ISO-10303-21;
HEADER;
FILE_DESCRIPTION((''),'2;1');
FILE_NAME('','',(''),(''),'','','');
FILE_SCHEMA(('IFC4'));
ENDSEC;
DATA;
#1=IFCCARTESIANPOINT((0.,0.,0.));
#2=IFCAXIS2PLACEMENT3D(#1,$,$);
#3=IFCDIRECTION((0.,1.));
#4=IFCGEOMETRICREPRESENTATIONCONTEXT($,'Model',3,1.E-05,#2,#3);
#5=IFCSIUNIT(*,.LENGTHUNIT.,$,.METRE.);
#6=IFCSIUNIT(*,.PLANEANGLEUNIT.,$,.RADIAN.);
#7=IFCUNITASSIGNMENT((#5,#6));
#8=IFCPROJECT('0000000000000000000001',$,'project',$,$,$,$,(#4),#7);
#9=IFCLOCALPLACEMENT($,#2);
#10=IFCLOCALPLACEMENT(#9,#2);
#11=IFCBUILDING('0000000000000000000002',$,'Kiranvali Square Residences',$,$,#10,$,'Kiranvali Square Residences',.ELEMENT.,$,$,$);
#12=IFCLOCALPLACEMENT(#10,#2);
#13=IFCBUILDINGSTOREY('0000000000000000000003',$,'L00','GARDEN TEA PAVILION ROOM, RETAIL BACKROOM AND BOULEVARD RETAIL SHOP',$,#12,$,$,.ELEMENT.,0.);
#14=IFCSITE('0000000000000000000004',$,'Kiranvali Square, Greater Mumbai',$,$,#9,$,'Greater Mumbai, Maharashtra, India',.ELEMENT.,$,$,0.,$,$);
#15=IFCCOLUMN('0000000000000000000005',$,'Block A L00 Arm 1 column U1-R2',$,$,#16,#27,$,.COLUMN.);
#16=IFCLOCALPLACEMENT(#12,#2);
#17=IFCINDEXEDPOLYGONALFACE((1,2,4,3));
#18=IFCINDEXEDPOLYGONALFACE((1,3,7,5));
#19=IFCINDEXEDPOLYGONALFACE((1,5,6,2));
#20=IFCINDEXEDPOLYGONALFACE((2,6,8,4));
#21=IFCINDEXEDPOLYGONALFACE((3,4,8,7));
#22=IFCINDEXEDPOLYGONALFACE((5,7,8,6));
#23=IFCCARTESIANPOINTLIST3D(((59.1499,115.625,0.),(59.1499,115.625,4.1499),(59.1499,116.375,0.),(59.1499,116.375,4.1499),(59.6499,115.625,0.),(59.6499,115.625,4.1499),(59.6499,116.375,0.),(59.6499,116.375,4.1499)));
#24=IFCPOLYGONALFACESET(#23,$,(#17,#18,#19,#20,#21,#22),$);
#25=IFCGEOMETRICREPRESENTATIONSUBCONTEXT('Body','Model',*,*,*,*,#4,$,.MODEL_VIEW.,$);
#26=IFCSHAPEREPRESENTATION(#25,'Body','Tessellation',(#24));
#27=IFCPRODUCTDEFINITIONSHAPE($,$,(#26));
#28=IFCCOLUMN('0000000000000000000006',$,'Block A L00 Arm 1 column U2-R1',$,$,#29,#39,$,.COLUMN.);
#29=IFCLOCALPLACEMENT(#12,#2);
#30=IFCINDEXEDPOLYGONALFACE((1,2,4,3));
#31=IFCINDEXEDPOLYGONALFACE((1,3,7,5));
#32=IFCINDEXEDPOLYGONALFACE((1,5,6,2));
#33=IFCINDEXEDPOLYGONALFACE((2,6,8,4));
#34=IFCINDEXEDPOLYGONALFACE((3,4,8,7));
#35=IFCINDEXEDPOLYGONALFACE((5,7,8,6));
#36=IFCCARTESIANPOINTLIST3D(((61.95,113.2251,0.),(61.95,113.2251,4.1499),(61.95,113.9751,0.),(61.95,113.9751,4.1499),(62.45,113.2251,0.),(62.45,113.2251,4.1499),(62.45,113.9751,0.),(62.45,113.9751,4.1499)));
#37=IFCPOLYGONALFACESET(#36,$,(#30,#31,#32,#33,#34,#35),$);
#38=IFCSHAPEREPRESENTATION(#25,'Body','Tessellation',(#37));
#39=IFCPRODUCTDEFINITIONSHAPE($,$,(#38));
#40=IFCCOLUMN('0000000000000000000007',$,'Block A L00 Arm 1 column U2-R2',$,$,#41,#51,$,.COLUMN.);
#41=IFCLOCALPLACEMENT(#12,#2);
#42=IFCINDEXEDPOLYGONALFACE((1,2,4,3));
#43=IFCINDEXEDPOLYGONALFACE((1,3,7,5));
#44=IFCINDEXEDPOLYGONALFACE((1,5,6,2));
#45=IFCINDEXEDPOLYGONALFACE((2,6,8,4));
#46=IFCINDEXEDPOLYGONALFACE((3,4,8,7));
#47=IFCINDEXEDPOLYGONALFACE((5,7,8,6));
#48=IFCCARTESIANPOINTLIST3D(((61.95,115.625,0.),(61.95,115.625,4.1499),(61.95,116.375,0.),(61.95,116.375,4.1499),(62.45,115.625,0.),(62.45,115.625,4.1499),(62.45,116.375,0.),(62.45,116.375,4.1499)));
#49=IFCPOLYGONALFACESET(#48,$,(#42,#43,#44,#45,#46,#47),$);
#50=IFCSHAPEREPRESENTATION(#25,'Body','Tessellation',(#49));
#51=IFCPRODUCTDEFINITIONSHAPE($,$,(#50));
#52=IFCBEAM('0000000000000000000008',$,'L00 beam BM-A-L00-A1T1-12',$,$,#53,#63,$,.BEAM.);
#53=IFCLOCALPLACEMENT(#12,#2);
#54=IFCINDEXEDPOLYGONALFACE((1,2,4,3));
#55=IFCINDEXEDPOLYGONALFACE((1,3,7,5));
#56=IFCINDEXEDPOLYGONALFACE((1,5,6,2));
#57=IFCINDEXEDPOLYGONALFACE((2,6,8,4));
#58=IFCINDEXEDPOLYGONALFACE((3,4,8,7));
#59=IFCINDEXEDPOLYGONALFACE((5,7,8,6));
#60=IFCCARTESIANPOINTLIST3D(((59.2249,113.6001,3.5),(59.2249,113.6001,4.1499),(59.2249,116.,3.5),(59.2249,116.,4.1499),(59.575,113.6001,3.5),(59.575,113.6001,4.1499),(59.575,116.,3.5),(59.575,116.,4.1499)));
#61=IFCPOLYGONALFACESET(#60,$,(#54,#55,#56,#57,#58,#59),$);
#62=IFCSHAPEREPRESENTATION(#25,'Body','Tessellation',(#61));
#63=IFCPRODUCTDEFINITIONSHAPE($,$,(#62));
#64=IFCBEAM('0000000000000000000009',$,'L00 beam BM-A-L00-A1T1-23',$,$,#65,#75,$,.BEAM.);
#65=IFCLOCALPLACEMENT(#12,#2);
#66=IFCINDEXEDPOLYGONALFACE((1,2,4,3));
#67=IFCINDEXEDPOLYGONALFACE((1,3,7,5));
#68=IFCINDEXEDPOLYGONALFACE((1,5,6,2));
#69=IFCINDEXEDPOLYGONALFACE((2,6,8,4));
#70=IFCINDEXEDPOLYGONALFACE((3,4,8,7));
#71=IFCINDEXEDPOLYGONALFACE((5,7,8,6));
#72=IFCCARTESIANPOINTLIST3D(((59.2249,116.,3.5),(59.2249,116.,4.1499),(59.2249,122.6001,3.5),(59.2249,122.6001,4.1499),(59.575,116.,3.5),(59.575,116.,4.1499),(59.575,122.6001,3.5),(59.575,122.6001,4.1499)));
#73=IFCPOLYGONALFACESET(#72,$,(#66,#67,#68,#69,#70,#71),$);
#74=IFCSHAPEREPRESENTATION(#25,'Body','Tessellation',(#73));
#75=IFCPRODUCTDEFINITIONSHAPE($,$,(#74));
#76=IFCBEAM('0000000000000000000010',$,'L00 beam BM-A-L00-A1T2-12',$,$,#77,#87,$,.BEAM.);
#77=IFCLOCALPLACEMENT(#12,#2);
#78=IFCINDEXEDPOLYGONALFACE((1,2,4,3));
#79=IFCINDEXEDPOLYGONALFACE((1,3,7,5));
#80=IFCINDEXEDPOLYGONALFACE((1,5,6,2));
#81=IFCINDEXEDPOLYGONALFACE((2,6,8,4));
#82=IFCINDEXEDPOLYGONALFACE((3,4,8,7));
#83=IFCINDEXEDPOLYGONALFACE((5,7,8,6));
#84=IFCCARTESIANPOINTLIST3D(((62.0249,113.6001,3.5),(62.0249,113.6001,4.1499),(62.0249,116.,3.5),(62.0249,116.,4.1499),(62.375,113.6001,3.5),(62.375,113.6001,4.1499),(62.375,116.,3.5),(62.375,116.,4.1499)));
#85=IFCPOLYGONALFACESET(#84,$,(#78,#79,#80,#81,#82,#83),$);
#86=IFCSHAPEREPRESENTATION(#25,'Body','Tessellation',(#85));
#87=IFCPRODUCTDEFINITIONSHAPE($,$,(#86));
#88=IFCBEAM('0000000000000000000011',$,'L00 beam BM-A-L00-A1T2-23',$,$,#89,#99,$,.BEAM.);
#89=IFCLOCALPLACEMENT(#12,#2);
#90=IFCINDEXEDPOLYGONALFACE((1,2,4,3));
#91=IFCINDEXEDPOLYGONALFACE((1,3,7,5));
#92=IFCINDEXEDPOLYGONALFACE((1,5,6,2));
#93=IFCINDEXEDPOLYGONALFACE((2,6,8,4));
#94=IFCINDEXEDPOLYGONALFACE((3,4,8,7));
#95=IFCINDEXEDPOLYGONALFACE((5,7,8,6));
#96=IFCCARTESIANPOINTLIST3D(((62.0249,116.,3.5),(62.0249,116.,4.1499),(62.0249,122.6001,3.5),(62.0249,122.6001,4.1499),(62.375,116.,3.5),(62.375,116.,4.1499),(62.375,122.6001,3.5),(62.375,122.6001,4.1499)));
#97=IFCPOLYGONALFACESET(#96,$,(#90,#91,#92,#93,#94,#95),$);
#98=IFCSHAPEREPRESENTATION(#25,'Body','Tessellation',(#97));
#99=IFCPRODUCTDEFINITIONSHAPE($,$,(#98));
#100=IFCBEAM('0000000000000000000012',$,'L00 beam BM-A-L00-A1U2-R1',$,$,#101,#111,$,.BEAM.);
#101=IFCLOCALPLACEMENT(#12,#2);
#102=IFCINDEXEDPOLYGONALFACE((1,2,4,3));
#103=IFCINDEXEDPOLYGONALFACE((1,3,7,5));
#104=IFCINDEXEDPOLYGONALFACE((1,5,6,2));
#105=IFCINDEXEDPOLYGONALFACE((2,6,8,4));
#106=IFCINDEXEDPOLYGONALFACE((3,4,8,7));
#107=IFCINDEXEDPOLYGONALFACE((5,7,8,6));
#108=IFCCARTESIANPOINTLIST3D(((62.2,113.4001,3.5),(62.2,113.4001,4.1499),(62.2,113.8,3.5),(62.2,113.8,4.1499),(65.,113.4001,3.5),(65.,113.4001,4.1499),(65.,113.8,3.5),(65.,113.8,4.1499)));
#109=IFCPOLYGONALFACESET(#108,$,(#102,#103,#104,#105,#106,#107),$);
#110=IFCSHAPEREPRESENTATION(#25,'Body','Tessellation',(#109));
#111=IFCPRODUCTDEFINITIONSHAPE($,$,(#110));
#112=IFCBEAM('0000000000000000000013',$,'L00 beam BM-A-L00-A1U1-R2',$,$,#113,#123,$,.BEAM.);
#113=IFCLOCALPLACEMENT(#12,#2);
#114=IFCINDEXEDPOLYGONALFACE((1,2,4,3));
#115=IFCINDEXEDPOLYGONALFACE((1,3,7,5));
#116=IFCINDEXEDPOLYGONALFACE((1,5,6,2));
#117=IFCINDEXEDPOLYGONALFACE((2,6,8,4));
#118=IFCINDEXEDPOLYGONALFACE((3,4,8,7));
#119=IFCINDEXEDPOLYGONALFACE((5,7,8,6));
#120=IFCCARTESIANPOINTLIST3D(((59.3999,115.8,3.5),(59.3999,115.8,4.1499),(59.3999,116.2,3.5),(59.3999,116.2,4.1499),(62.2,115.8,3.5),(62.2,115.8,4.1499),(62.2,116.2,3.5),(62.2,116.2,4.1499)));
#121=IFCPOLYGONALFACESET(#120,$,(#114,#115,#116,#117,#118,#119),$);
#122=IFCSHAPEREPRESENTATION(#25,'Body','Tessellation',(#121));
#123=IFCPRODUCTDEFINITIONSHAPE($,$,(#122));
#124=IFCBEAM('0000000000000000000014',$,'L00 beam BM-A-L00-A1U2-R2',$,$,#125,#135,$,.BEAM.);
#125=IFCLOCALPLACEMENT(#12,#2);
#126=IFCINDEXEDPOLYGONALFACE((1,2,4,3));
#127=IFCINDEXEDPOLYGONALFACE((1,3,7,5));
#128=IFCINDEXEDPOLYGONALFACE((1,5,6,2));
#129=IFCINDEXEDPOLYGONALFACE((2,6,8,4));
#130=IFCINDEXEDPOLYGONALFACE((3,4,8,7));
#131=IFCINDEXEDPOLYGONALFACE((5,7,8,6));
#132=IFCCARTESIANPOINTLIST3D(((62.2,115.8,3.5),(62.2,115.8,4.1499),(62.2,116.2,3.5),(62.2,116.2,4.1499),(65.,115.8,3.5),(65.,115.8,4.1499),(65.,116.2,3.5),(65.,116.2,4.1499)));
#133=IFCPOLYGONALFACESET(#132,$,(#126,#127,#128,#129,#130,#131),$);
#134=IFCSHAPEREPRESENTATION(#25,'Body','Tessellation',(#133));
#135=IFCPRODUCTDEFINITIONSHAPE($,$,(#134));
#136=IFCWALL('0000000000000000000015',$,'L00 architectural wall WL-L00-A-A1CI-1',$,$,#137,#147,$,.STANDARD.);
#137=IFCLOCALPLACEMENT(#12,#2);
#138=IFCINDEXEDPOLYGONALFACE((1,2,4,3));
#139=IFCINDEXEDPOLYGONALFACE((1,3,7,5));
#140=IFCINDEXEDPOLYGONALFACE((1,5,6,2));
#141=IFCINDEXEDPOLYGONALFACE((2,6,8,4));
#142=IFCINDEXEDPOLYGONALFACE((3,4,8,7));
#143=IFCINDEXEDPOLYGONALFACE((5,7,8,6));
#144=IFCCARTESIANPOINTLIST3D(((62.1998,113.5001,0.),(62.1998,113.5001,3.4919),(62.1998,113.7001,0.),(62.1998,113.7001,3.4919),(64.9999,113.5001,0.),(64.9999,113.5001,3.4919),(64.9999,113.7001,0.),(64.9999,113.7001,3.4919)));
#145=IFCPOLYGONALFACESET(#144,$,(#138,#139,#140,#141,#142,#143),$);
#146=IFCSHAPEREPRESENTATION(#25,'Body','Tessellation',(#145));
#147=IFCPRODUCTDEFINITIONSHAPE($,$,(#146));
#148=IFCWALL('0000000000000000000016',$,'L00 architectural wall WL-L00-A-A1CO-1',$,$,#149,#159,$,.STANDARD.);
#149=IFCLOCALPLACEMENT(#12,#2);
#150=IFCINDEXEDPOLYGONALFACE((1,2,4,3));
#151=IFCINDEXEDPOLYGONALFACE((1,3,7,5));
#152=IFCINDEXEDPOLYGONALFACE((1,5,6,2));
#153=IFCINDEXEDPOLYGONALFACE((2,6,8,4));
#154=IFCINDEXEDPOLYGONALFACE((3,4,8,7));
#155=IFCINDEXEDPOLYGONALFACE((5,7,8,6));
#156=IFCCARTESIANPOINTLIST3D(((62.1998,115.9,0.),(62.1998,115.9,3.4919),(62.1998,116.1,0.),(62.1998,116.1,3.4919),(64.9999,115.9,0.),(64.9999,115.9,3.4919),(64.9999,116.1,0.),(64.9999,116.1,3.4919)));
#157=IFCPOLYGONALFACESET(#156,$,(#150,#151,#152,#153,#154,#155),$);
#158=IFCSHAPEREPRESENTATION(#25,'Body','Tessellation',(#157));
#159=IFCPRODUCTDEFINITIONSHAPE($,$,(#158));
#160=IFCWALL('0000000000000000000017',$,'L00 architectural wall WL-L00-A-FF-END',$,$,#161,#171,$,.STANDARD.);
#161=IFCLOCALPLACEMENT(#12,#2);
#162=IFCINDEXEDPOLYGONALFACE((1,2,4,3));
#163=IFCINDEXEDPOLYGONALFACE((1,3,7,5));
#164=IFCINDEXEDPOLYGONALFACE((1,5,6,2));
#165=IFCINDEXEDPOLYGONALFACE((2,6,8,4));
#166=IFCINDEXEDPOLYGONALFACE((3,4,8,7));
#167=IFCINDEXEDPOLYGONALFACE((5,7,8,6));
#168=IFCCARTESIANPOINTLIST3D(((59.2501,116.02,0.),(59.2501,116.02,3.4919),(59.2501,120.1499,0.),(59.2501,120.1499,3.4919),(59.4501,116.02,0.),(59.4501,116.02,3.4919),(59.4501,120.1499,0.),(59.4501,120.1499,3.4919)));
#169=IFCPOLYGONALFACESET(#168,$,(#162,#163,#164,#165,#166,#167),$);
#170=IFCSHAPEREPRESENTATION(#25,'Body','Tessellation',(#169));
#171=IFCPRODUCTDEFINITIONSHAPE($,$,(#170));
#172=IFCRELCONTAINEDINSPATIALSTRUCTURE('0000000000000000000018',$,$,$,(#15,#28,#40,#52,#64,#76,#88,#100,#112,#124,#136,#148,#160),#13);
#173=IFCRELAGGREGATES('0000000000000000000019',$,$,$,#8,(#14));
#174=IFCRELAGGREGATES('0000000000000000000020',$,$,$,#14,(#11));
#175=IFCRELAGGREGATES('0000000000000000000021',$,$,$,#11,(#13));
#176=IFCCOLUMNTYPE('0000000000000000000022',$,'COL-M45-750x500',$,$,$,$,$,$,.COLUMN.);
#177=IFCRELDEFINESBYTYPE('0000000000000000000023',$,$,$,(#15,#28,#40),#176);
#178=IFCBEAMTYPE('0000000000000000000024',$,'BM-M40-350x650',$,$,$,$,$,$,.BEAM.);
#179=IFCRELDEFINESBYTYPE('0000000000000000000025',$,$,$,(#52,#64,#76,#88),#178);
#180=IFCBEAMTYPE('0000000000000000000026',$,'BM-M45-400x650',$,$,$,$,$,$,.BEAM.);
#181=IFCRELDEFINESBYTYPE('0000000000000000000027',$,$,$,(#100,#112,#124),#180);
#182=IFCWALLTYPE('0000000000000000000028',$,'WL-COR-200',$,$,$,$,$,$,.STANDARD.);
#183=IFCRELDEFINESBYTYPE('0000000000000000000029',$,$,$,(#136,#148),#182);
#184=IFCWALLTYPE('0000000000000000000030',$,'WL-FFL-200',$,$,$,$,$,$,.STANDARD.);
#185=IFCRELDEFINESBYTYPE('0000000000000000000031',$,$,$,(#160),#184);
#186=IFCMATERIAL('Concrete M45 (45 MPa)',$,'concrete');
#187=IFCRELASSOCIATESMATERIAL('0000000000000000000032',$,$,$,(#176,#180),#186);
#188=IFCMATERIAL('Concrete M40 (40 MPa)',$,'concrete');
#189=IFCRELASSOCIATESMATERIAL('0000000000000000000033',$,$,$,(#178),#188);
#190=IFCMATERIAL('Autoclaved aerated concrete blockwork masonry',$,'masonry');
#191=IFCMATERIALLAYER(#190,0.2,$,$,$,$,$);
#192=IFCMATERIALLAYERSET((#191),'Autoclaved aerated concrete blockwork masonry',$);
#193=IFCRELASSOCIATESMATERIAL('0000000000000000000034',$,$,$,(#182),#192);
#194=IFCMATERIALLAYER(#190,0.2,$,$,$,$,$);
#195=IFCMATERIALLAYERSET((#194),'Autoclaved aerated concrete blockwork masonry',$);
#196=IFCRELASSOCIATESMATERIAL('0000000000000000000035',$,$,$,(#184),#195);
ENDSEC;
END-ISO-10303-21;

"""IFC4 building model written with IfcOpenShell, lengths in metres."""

from ifc_helpers import new_model, si_unit, direction, frame, frame_2d, origin, origin_2d, place, context, subcontext, project, spatial, rectangle, extrude, material, layer, layer_set, material_profile, profile_set, type_object, element, save


model = new_model("IFC4")

# Units and contexts
model_context = context("Model", 3, precision=1e-05, world=origin(), true_north=direction((0.0, 1.0)))
body_context = subcontext(model_context, "Body", "Model", "MODEL_VIEW")
ifc_project = project(units=[si_unit("LENGTHUNIT", "METRE"), si_unit("PLANEANGLEUNIT", "RADIAN")], contexts=[model_context])

# Site, building, storey
site_placement = place(None, origin())
site = spatial("IfcSite", under=ifc_project, at=site_placement, Name="Kiranvali Square, Greater Mumbai", LongName="Greater Mumbai, Maharashtra, India", CompositionType="ELEMENT", RefElevation=0.0)
building_placement = place(site_placement, origin())
building = spatial("IfcBuilding", under=site, at=building_placement, Name="Kiranvali Square Residences", LongName="Kiranvali Square Residences", CompositionType="ELEMENT")
storey_placement = place(building_placement, origin())
storey = spatial("IfcBuildingStorey", under=building, at=storey_placement, Name="L00", Description="GARDEN TEA PAVILION ROOM, RETAIL BACKROOM AND BOULEVARD RETAIL SHOP", CompositionType="ELEMENT", Elevation=0.0)

# Columns
ifc_material_1 = material(Name="Concrete M45 (45 MPa)", Category="concrete")
ifc_material_profile_1 = material_profile(ifc_material_1, rectangle(XDim=0.5, YDim=0.75, at=origin_2d()), Name="RC 750x500")
ifc_profile_set_1 = profile_set([ifc_material_profile_1], Name="Concrete M45 (45 MPa)")
column_type = type_object("IfcColumnType", Name="COL-M45-750x500", PredefinedType="COLUMN", material=ifc_profile_set_1)
for number, where, z_axis, x_axis, name in (
    (1, (59.3999, 116.0, 0.0), (0.0, 0.0, 1.0), (1.0, 0.0, 0.0), "Block A L00 Arm 1 column U1-R2"),
    (2, (62.2, 113.6001, 0.0), (0.0, 0.0, 1.0), (1.0, 0.0, 0.0), "Block A L00 Arm 1 column U2-R1"),
    (3, (62.2, 116.0, 0.0), (0.0, 0.0, 1.0), (1.0, 0.0, 0.0), "Block A L00 Arm 1 column U2-R2"),
):
    element("IfcColumn", number, at=place(storey_placement, frame(where, z_axis=z_axis, x_axis=x_axis)), inside=storey, type_object=column_type, Name=name, PredefinedType="COLUMN", context=body_context, shape_type="SweptSolid", body=[
        extrude(rectangle(XDim=0.5, YDim=0.75, at=origin_2d()), origin(), (0.0, 0.0, 1.0), 4.1499),
    ])

# Beams
ifc_material_2 = material(Name="Concrete M40 (40 MPa)", Category="concrete")
ifc_material_profile_2 = material_profile(ifc_material_2, rectangle(XDim=0.3501, YDim=0.6499, at=origin_2d()), Name="RC 350x650")
ifc_profile_set_2 = profile_set([ifc_material_profile_2], Name="Concrete M40 (40 MPa)")
beam_type_1 = type_object("IfcBeamType", Name="BM-M40-350x650", PredefinedType="BEAM", material=ifc_profile_set_2)
beam_1_placement = place(storey_placement, frame((59.3999, 113.6001, 3.825), z_axis=(0.0, 1.0, 0.0), x_axis=(-1.0, 0.0, 0.0)))
element("IfcBeam", 4, at=beam_1_placement, inside=storey, type_object=beam_type_1, Name="L00 beam BM-A-L00-A1T1-12", PredefinedType="BEAM", context=body_context, shape_type="SweptSolid", body=[
    extrude(rectangle(XDim=0.3501, YDim=0.6499, at=origin_2d()), origin(), (0.0, 0.0, 1.0), 2.3999),
])
beam_2_placement = place(storey_placement, frame((59.3999, 116.0, 3.825), z_axis=(0.0, 1.0, 0.0), x_axis=(-1.0, 0.0, 0.0)))
element("IfcBeam", 5, at=beam_2_placement, inside=storey, type_object=beam_type_1, Name="L00 beam BM-A-L00-A1T1-23", PredefinedType="BEAM", context=body_context, shape_type="SweptSolid", body=[
    extrude(rectangle(XDim=0.3501, YDim=0.6499, at=origin_2d()), origin(), (0.0, 0.0, 1.0), 6.6001),
])
beam_3_placement = place(storey_placement, frame((62.2, 113.6001, 3.825), z_axis=(0.0, 1.0, 0.0), x_axis=(-1.0, 0.0, 0.0)))
element("IfcBeam", 6, at=beam_3_placement, inside=storey, type_object=beam_type_1, Name="L00 beam BM-A-L00-A1T2-12", PredefinedType="BEAM", context=body_context, shape_type="SweptSolid", body=[
    extrude(rectangle(XDim=0.3501, YDim=0.6499, at=origin_2d()), origin(), (0.0, 0.0, 1.0), 2.3999),
])
beam_4_placement = place(storey_placement, frame((62.2, 116.0, 3.825), z_axis=(0.0, 1.0, 0.0), x_axis=(-1.0, 0.0, 0.0)))
element("IfcBeam", 7, at=beam_4_placement, inside=storey, type_object=beam_type_1, Name="L00 beam BM-A-L00-A1T2-23", PredefinedType="BEAM", context=body_context, shape_type="SweptSolid", body=[
    extrude(rectangle(XDim=0.3501, YDim=0.6499, at=origin_2d()), origin(), (0.0, 0.0, 1.0), 6.6001),
])
ifc_material_profile_3 = material_profile(ifc_material_1, rectangle(XDim=0.3999, YDim=0.6499, at=origin_2d()), Name="RC 400x650")
ifc_profile_set_3 = profile_set([ifc_material_profile_3], Name="Concrete M45 (45 MPa)")
beam_type_2 = type_object("IfcBeamType", Name="BM-M45-400x650", PredefinedType="BEAM", material=ifc_profile_set_3)
for number, where, z_axis, x_axis, name in (
    (8, (62.2, 113.6001, 3.825), (1.0, 0.0, 0.0), (0.0, 1.0, 0.0), "L00 beam BM-A-L00-A1U2-R1"),
    (9, (59.3999, 116.0, 3.825), (1.0, 0.0, 0.0), (0.0, 1.0, 0.0), "L00 beam BM-A-L00-A1U1-R2"),
    (10, (62.2, 116.0, 3.825), (1.0, 0.0, 0.0), (0.0, 1.0, 0.0), "L00 beam BM-A-L00-A1U2-R2"),
):
    element("IfcBeam", number, at=place(storey_placement, frame(where, z_axis=z_axis, x_axis=x_axis)), inside=storey, type_object=beam_type_2, Name=name, PredefinedType="BEAM", context=body_context, shape_type="SweptSolid", body=[
        extrude(rectangle(XDim=0.3999, YDim=0.6499, at=origin_2d()), origin(), (0.0, 0.0, 1.0), 2.8),
    ])

# Shared definitions
ifc_material_3 = material(Name="Autoclaved aerated concrete blockwork masonry", Category="masonry")
ifc_layer_1 = layer(ifc_material_3, 0.2)
ifc_layer_set_1 = layer_set([ifc_layer_1], Name="Autoclaved aerated concrete blockwork masonry")
wall_type_1 = type_object("IfcWallType", Name="WL-COR-200", PredefinedType="STANDARD", material=ifc_layer_set_1)

# Walls
for number, where, z_axis, x_axis, name in (
    (11, (62.2, 113.6001, 0.0), (0.0, 0.0, 1.0), (1.0, 0.0, 0.0), "L00 architectural wall WL-L00-A-A1CI-1"),
    (12, (62.2, 116.0, 0.0), (0.0, 0.0, 1.0), (1.0, 0.0, 0.0), "L00 architectural wall WL-L00-A-A1CO-1"),
):
    element("IfcWall", number, at=place(storey_placement, frame(where, z_axis=z_axis, x_axis=x_axis)), inside=storey, type_object=wall_type_1, Name=name, PredefinedType="STANDARD", context=body_context, shape_type="SweptSolid", body=[
        extrude(rectangle(XDim=2.8, YDim=0.2, at=frame_2d((1.3999, 0.0))), origin(), (0.0, 0.0, 1.0), 3.4919),
    ])
ifc_layer_2 = layer(ifc_material_3, 0.2)
ifc_layer_set_2 = layer_set([ifc_layer_2], Name="Autoclaved aerated concrete blockwork masonry")
wall_type_2 = type_object("IfcWallType", Name="WL-FFL-200", PredefinedType="STANDARD", material=ifc_layer_set_2)
wall_1_placement = place(storey_placement, frame((59.3501, 116.02, 0.0), z_axis=(0.0, 0.0, 1.0), x_axis=(0.0, 1.0, 0.0)))
element("IfcWall", 13, at=wall_1_placement, inside=storey, type_object=wall_type_2, Name="L00 architectural wall WL-L00-A-FF-END", PredefinedType="STANDARD", context=body_context, shape_type="SweptSolid", body=[
    extrude(rectangle(XDim=4.1299, YDim=0.2, at=frame_2d((2.0649, 0.0))), origin(), (0.0, 0.0, 1.0), 3.4919),
])

save(model, "model.ifc")
